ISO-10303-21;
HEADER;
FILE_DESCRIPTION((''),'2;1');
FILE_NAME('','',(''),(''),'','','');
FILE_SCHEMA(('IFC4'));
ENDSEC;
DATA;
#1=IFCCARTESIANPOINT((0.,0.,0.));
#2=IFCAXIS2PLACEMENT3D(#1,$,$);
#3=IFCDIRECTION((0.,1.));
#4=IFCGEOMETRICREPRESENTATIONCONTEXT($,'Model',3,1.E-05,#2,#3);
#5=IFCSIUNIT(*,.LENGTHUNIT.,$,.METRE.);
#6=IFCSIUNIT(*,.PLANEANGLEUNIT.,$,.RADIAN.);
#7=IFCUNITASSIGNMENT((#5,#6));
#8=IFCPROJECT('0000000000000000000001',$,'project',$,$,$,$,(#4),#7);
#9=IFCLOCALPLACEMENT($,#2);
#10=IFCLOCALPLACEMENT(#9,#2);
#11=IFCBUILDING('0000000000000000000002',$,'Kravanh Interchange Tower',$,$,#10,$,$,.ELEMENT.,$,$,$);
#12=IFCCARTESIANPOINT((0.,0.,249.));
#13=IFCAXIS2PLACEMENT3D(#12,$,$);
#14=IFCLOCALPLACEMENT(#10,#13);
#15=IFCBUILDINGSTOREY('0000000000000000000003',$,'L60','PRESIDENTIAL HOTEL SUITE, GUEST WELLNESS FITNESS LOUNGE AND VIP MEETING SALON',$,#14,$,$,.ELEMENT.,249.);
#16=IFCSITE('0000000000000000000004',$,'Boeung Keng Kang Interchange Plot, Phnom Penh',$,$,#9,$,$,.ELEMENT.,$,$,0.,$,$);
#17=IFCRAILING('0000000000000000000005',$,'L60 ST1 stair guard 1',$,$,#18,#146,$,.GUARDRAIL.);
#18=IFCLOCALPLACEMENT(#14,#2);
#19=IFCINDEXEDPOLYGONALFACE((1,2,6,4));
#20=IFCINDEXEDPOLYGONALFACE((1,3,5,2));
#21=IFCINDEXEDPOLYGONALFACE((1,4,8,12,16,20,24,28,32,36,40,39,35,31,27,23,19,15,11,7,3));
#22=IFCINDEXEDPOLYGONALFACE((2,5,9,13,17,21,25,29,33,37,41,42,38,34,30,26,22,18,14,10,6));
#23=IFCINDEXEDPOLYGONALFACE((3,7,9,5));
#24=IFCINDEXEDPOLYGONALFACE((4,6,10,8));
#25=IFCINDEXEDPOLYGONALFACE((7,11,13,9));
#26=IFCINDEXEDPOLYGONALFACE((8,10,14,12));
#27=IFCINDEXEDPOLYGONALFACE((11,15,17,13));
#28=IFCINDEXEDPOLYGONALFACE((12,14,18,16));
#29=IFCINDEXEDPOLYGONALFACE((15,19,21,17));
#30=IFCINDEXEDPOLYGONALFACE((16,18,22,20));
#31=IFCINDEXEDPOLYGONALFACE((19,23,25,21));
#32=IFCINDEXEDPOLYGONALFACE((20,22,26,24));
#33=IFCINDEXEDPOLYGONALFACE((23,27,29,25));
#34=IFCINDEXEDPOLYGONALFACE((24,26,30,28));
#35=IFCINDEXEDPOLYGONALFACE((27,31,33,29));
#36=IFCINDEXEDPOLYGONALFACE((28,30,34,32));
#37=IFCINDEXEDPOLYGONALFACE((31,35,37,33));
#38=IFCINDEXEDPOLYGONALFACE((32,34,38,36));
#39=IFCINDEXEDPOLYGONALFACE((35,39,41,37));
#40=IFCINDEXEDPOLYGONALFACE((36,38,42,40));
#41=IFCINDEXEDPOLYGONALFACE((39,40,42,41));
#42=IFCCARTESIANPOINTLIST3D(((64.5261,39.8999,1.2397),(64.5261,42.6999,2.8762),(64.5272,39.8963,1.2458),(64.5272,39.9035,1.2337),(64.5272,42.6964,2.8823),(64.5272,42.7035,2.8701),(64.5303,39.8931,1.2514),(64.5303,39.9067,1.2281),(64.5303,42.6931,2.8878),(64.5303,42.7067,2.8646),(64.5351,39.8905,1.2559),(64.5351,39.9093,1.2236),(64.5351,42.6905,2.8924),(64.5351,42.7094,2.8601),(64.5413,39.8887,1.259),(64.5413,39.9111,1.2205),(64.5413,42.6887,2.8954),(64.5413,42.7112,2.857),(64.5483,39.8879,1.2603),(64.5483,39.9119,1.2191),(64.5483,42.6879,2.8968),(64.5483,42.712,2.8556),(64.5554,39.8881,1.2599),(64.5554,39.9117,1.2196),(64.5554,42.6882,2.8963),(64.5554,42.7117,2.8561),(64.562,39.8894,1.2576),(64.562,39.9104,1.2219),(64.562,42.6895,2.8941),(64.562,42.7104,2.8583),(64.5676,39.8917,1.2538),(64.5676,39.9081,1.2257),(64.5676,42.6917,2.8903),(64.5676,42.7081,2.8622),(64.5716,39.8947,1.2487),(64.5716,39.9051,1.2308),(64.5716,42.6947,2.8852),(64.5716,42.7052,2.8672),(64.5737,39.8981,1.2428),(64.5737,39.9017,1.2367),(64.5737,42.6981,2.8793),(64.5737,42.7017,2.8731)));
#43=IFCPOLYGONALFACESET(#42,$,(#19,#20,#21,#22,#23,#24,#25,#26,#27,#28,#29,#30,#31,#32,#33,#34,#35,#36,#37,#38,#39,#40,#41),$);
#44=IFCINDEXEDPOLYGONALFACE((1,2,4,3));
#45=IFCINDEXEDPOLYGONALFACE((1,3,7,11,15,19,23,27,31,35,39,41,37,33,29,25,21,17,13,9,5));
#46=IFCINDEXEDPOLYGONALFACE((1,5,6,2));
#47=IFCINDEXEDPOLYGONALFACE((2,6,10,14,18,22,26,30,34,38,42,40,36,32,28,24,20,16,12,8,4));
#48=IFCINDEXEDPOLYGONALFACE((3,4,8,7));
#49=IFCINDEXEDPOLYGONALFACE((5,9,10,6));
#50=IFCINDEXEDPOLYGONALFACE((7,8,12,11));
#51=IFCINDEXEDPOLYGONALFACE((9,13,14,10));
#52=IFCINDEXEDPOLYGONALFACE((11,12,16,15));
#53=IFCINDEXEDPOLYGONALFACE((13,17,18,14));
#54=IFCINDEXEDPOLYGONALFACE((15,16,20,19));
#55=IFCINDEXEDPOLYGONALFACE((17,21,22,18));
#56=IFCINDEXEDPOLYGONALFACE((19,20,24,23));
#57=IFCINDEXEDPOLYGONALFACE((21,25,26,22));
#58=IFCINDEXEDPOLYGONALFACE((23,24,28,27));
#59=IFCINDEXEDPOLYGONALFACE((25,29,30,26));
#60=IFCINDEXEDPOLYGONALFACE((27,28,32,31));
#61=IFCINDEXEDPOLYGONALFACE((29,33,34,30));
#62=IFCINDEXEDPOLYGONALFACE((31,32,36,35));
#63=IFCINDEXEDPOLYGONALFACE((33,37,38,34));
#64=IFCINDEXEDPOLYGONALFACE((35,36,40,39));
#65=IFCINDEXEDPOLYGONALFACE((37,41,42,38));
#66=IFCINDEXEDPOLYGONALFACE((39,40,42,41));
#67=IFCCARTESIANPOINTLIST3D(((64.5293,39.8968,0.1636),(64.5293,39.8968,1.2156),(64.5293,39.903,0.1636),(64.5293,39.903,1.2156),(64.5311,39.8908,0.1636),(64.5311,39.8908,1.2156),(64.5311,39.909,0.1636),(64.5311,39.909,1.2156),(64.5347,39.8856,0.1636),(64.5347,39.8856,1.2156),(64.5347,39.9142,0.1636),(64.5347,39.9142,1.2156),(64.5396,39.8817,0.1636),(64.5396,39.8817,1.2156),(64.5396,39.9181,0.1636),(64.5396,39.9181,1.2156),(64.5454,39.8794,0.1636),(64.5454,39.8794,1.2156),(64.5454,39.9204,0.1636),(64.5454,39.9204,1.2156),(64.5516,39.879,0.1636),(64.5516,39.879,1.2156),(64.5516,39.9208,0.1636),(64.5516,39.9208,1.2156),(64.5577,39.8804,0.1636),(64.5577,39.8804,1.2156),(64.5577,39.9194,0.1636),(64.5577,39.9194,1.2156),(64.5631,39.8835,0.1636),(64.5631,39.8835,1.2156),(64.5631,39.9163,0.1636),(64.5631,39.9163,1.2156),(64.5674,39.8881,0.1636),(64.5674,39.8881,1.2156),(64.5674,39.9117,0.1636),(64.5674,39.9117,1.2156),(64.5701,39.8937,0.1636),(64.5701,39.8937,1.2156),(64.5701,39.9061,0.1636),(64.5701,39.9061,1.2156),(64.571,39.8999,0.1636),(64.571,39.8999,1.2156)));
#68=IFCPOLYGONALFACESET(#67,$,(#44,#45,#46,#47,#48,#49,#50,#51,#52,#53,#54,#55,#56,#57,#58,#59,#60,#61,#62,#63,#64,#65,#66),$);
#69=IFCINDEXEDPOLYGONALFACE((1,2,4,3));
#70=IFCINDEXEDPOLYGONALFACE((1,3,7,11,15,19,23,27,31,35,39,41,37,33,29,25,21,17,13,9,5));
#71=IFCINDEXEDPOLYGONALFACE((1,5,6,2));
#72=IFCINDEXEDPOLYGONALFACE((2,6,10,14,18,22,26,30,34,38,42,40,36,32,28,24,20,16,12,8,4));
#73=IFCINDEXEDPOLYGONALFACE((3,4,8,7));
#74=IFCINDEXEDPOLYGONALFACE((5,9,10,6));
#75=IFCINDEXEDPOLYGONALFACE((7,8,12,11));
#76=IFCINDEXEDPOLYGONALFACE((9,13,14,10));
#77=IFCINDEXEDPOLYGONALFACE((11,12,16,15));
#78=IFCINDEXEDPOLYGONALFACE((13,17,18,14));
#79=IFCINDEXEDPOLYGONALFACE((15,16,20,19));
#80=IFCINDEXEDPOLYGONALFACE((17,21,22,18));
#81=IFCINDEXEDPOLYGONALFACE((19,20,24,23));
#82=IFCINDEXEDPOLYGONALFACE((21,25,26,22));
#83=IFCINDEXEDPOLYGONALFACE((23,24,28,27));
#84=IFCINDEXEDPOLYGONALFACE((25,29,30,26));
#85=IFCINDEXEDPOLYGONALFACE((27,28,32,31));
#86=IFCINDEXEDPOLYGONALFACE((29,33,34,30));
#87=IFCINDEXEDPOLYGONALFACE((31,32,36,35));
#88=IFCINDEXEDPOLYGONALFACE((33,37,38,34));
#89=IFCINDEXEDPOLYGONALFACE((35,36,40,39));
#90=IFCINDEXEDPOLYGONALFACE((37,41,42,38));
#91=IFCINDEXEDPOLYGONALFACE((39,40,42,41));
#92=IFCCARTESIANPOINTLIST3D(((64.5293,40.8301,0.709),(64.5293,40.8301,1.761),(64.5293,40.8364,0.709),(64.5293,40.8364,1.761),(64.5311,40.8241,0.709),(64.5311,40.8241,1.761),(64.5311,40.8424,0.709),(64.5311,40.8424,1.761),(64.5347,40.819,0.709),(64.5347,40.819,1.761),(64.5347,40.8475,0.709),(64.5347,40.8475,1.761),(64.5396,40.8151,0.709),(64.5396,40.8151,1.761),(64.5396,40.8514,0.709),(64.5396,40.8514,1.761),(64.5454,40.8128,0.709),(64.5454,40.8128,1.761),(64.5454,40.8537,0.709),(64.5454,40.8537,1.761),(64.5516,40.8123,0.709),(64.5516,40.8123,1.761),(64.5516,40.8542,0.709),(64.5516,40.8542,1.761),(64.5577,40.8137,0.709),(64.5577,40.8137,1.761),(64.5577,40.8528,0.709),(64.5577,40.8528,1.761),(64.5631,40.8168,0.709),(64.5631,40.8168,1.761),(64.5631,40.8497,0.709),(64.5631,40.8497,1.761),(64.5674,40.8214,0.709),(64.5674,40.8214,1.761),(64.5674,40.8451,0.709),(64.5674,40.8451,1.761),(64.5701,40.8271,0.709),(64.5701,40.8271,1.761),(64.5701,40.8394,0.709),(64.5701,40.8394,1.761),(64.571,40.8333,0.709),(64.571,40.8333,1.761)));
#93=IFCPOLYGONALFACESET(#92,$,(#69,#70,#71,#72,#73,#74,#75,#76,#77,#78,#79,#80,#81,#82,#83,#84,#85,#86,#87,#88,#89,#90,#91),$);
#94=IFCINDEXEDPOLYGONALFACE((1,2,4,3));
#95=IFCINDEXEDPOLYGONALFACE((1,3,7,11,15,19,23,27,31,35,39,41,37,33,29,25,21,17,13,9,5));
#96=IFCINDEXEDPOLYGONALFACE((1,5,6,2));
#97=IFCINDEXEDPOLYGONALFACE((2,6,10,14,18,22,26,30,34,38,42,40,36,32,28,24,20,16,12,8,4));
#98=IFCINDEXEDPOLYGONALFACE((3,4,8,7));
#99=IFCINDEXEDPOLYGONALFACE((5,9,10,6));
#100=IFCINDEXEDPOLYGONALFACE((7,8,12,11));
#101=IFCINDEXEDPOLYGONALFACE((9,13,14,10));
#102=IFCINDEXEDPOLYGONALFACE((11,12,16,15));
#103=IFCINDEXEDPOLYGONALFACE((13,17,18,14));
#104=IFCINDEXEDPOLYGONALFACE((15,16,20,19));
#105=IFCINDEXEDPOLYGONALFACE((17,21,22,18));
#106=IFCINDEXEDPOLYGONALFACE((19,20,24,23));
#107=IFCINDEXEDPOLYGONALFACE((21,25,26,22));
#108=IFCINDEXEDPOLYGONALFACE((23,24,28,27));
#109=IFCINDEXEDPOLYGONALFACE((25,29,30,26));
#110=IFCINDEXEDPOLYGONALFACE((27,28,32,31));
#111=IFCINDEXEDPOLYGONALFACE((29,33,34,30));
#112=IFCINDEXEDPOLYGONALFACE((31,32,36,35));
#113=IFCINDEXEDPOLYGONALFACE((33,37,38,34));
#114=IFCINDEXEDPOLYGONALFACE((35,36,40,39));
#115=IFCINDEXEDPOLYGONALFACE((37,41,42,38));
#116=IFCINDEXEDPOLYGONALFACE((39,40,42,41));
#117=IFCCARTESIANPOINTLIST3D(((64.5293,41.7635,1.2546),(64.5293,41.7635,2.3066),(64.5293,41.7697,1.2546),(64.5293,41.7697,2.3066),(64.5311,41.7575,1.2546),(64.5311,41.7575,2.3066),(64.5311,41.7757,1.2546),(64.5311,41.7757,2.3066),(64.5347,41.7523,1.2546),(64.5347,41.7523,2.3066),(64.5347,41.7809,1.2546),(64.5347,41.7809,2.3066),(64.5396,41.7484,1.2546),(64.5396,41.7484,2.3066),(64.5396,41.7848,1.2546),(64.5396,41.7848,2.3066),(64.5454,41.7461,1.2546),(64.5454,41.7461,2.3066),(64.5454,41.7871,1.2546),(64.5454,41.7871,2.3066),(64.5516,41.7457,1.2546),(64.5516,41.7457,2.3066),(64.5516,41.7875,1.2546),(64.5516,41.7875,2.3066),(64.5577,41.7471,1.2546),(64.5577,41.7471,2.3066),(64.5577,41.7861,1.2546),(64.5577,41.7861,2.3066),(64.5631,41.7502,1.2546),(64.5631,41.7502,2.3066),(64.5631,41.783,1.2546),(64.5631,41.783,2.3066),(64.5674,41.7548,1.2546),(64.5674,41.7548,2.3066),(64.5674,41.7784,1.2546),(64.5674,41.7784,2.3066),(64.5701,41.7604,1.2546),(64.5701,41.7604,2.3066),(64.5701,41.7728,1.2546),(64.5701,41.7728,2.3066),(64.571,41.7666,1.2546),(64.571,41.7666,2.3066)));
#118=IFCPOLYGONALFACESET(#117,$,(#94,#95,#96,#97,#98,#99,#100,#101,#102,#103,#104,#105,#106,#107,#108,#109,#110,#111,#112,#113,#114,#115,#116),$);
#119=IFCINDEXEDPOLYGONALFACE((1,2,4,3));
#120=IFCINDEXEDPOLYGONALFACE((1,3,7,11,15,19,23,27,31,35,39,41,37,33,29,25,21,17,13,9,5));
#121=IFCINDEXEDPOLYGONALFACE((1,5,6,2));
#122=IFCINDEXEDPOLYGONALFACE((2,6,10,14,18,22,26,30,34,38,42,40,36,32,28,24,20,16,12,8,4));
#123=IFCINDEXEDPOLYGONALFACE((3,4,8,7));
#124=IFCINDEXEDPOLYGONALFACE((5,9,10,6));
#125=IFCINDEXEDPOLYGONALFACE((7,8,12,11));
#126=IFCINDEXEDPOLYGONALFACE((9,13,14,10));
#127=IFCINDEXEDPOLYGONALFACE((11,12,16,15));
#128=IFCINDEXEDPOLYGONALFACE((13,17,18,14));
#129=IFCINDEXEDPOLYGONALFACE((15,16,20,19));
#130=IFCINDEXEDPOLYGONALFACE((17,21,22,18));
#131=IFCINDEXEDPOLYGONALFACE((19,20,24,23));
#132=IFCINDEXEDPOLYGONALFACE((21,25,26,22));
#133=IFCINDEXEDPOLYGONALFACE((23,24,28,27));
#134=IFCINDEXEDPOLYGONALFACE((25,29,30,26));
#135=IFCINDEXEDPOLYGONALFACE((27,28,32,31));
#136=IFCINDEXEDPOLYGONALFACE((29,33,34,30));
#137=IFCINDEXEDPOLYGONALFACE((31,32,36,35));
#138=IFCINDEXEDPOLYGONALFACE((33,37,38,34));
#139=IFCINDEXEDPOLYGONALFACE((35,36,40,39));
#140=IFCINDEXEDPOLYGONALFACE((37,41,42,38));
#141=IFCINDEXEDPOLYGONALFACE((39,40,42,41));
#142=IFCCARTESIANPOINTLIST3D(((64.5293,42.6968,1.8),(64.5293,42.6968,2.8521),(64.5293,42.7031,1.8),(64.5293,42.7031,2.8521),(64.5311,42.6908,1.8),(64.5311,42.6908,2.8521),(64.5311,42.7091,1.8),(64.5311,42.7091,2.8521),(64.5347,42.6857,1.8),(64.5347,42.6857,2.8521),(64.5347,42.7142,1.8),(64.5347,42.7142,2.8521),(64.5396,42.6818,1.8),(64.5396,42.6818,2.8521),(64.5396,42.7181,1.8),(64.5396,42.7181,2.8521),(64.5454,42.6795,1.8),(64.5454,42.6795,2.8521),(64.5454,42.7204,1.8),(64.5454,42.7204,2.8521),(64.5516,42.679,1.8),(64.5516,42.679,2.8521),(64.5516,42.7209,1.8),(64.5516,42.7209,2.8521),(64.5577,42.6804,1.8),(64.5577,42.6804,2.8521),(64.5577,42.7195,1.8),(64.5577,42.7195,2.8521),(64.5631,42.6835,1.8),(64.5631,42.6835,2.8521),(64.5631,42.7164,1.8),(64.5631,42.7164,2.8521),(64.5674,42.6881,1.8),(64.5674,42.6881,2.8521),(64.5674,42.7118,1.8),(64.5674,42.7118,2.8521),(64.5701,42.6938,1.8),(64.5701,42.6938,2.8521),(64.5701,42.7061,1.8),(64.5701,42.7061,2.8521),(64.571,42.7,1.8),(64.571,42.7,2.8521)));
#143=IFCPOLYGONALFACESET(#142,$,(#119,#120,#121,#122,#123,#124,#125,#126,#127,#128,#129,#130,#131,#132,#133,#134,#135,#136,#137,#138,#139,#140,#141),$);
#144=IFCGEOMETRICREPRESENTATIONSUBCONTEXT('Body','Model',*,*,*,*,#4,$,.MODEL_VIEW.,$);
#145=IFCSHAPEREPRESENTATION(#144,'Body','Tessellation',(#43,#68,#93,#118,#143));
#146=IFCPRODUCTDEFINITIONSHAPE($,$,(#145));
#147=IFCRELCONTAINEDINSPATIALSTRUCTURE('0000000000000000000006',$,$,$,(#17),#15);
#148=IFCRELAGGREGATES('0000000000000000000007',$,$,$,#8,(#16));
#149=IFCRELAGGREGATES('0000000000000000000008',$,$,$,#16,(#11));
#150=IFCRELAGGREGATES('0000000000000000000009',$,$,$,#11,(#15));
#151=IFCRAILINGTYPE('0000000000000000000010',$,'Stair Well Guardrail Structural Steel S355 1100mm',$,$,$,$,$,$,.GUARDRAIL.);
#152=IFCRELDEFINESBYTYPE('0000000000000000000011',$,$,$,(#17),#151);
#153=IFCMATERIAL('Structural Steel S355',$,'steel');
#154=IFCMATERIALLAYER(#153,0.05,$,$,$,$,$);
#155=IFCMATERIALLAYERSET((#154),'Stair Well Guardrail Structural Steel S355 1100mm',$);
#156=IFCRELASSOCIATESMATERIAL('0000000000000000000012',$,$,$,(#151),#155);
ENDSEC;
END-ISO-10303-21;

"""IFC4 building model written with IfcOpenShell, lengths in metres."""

from ifc_helpers import new_model, si_unit, direction, frame, origin, origin_2d, place, context, subcontext, project, spatial, circle, extrude, material, layer, layer_set, type_object, element, save


model = new_model("IFC4")

# Units and contexts
model_context = context("Model", 3, precision=1e-05, world=origin(), true_north=direction((0.0, 1.0)))
body_context = subcontext(model_context, "Body", "Model", "MODEL_VIEW")
ifc_project = project(units=[si_unit("LENGTHUNIT", "METRE"), si_unit("PLANEANGLEUNIT", "RADIAN")], contexts=[model_context])

# Site, building, storey
site_placement = place(None, origin())
site = spatial("IfcSite", under=ifc_project, at=site_placement, Name="Boeung Keng Kang Interchange Plot, Phnom Penh", CompositionType="ELEMENT", RefElevation=0.0)
building_placement = place(site_placement, origin())
building = spatial("IfcBuilding", under=site, at=building_placement, Name="Kravanh Interchange Tower", CompositionType="ELEMENT")
storey_placement = place(building_placement, frame((0.0, 0.0, 249.0)))
storey = spatial("IfcBuildingStorey", under=building, at=storey_placement, Name="L60", Description="PRESIDENTIAL HOTEL SUITE, GUEST WELLNESS FITNESS LOUNGE AND VIP MEETING SALON", CompositionType="ELEMENT", Elevation=249.0)

# Railing
ifc_material_1 = material(Name="Structural Steel S355", Category="steel")
ifc_layer_1 = layer(ifc_material_1, 0.05)
ifc_layer_set_1 = layer_set([ifc_layer_1], Name="Stair Well Guardrail Structural Steel S355 1100mm")
railing_type_1 = type_object("IfcRailingType", Name="Stair Well Guardrail Structural Steel S355 1100mm", PredefinedType="GUARDRAIL", material=ifc_layer_set_1)
railing_1_placement = place(storey_placement, frame((64.55, 39.8999, 0.1636)))
element("IfcRailing", 1, at=railing_1_placement, inside=storey, type_object=railing_type_1, Name="L60 ST1 stair guard 1", PredefinedType="GUARDRAIL", context=body_context, shape_type="SweptSolid", body=[
    extrude(circle(Radius=0.0239, at=origin_2d()), frame((0.0, 0.0, 1.0762), z_axis=(0.0, 0.863361, 0.504587), x_axis=(-1.0, 0.0, 0.0)), (0.0, 0.0, 1.0), 3.2432),
    extrude(circle(Radius=0.021, at=origin_2d()), origin(), (0.0, 0.0, 1.0), 1.052),
    extrude(circle(Radius=0.021, at=origin_2d()), frame((0.0, 0.9333, 0.5454)), (0.0, 0.0, 1.0), 1.052),
    extrude(circle(Radius=0.021, at=origin_2d()), frame((0.0, 1.8667, 1.0911)), (0.0, 0.0, 1.0), 1.052),
    extrude(circle(Radius=0.021, at=origin_2d()), frame((0.0, 2.8, 1.6365)), (0.0, 0.0, 1.0), 1.052),
])

save(model, "model.ifc")
